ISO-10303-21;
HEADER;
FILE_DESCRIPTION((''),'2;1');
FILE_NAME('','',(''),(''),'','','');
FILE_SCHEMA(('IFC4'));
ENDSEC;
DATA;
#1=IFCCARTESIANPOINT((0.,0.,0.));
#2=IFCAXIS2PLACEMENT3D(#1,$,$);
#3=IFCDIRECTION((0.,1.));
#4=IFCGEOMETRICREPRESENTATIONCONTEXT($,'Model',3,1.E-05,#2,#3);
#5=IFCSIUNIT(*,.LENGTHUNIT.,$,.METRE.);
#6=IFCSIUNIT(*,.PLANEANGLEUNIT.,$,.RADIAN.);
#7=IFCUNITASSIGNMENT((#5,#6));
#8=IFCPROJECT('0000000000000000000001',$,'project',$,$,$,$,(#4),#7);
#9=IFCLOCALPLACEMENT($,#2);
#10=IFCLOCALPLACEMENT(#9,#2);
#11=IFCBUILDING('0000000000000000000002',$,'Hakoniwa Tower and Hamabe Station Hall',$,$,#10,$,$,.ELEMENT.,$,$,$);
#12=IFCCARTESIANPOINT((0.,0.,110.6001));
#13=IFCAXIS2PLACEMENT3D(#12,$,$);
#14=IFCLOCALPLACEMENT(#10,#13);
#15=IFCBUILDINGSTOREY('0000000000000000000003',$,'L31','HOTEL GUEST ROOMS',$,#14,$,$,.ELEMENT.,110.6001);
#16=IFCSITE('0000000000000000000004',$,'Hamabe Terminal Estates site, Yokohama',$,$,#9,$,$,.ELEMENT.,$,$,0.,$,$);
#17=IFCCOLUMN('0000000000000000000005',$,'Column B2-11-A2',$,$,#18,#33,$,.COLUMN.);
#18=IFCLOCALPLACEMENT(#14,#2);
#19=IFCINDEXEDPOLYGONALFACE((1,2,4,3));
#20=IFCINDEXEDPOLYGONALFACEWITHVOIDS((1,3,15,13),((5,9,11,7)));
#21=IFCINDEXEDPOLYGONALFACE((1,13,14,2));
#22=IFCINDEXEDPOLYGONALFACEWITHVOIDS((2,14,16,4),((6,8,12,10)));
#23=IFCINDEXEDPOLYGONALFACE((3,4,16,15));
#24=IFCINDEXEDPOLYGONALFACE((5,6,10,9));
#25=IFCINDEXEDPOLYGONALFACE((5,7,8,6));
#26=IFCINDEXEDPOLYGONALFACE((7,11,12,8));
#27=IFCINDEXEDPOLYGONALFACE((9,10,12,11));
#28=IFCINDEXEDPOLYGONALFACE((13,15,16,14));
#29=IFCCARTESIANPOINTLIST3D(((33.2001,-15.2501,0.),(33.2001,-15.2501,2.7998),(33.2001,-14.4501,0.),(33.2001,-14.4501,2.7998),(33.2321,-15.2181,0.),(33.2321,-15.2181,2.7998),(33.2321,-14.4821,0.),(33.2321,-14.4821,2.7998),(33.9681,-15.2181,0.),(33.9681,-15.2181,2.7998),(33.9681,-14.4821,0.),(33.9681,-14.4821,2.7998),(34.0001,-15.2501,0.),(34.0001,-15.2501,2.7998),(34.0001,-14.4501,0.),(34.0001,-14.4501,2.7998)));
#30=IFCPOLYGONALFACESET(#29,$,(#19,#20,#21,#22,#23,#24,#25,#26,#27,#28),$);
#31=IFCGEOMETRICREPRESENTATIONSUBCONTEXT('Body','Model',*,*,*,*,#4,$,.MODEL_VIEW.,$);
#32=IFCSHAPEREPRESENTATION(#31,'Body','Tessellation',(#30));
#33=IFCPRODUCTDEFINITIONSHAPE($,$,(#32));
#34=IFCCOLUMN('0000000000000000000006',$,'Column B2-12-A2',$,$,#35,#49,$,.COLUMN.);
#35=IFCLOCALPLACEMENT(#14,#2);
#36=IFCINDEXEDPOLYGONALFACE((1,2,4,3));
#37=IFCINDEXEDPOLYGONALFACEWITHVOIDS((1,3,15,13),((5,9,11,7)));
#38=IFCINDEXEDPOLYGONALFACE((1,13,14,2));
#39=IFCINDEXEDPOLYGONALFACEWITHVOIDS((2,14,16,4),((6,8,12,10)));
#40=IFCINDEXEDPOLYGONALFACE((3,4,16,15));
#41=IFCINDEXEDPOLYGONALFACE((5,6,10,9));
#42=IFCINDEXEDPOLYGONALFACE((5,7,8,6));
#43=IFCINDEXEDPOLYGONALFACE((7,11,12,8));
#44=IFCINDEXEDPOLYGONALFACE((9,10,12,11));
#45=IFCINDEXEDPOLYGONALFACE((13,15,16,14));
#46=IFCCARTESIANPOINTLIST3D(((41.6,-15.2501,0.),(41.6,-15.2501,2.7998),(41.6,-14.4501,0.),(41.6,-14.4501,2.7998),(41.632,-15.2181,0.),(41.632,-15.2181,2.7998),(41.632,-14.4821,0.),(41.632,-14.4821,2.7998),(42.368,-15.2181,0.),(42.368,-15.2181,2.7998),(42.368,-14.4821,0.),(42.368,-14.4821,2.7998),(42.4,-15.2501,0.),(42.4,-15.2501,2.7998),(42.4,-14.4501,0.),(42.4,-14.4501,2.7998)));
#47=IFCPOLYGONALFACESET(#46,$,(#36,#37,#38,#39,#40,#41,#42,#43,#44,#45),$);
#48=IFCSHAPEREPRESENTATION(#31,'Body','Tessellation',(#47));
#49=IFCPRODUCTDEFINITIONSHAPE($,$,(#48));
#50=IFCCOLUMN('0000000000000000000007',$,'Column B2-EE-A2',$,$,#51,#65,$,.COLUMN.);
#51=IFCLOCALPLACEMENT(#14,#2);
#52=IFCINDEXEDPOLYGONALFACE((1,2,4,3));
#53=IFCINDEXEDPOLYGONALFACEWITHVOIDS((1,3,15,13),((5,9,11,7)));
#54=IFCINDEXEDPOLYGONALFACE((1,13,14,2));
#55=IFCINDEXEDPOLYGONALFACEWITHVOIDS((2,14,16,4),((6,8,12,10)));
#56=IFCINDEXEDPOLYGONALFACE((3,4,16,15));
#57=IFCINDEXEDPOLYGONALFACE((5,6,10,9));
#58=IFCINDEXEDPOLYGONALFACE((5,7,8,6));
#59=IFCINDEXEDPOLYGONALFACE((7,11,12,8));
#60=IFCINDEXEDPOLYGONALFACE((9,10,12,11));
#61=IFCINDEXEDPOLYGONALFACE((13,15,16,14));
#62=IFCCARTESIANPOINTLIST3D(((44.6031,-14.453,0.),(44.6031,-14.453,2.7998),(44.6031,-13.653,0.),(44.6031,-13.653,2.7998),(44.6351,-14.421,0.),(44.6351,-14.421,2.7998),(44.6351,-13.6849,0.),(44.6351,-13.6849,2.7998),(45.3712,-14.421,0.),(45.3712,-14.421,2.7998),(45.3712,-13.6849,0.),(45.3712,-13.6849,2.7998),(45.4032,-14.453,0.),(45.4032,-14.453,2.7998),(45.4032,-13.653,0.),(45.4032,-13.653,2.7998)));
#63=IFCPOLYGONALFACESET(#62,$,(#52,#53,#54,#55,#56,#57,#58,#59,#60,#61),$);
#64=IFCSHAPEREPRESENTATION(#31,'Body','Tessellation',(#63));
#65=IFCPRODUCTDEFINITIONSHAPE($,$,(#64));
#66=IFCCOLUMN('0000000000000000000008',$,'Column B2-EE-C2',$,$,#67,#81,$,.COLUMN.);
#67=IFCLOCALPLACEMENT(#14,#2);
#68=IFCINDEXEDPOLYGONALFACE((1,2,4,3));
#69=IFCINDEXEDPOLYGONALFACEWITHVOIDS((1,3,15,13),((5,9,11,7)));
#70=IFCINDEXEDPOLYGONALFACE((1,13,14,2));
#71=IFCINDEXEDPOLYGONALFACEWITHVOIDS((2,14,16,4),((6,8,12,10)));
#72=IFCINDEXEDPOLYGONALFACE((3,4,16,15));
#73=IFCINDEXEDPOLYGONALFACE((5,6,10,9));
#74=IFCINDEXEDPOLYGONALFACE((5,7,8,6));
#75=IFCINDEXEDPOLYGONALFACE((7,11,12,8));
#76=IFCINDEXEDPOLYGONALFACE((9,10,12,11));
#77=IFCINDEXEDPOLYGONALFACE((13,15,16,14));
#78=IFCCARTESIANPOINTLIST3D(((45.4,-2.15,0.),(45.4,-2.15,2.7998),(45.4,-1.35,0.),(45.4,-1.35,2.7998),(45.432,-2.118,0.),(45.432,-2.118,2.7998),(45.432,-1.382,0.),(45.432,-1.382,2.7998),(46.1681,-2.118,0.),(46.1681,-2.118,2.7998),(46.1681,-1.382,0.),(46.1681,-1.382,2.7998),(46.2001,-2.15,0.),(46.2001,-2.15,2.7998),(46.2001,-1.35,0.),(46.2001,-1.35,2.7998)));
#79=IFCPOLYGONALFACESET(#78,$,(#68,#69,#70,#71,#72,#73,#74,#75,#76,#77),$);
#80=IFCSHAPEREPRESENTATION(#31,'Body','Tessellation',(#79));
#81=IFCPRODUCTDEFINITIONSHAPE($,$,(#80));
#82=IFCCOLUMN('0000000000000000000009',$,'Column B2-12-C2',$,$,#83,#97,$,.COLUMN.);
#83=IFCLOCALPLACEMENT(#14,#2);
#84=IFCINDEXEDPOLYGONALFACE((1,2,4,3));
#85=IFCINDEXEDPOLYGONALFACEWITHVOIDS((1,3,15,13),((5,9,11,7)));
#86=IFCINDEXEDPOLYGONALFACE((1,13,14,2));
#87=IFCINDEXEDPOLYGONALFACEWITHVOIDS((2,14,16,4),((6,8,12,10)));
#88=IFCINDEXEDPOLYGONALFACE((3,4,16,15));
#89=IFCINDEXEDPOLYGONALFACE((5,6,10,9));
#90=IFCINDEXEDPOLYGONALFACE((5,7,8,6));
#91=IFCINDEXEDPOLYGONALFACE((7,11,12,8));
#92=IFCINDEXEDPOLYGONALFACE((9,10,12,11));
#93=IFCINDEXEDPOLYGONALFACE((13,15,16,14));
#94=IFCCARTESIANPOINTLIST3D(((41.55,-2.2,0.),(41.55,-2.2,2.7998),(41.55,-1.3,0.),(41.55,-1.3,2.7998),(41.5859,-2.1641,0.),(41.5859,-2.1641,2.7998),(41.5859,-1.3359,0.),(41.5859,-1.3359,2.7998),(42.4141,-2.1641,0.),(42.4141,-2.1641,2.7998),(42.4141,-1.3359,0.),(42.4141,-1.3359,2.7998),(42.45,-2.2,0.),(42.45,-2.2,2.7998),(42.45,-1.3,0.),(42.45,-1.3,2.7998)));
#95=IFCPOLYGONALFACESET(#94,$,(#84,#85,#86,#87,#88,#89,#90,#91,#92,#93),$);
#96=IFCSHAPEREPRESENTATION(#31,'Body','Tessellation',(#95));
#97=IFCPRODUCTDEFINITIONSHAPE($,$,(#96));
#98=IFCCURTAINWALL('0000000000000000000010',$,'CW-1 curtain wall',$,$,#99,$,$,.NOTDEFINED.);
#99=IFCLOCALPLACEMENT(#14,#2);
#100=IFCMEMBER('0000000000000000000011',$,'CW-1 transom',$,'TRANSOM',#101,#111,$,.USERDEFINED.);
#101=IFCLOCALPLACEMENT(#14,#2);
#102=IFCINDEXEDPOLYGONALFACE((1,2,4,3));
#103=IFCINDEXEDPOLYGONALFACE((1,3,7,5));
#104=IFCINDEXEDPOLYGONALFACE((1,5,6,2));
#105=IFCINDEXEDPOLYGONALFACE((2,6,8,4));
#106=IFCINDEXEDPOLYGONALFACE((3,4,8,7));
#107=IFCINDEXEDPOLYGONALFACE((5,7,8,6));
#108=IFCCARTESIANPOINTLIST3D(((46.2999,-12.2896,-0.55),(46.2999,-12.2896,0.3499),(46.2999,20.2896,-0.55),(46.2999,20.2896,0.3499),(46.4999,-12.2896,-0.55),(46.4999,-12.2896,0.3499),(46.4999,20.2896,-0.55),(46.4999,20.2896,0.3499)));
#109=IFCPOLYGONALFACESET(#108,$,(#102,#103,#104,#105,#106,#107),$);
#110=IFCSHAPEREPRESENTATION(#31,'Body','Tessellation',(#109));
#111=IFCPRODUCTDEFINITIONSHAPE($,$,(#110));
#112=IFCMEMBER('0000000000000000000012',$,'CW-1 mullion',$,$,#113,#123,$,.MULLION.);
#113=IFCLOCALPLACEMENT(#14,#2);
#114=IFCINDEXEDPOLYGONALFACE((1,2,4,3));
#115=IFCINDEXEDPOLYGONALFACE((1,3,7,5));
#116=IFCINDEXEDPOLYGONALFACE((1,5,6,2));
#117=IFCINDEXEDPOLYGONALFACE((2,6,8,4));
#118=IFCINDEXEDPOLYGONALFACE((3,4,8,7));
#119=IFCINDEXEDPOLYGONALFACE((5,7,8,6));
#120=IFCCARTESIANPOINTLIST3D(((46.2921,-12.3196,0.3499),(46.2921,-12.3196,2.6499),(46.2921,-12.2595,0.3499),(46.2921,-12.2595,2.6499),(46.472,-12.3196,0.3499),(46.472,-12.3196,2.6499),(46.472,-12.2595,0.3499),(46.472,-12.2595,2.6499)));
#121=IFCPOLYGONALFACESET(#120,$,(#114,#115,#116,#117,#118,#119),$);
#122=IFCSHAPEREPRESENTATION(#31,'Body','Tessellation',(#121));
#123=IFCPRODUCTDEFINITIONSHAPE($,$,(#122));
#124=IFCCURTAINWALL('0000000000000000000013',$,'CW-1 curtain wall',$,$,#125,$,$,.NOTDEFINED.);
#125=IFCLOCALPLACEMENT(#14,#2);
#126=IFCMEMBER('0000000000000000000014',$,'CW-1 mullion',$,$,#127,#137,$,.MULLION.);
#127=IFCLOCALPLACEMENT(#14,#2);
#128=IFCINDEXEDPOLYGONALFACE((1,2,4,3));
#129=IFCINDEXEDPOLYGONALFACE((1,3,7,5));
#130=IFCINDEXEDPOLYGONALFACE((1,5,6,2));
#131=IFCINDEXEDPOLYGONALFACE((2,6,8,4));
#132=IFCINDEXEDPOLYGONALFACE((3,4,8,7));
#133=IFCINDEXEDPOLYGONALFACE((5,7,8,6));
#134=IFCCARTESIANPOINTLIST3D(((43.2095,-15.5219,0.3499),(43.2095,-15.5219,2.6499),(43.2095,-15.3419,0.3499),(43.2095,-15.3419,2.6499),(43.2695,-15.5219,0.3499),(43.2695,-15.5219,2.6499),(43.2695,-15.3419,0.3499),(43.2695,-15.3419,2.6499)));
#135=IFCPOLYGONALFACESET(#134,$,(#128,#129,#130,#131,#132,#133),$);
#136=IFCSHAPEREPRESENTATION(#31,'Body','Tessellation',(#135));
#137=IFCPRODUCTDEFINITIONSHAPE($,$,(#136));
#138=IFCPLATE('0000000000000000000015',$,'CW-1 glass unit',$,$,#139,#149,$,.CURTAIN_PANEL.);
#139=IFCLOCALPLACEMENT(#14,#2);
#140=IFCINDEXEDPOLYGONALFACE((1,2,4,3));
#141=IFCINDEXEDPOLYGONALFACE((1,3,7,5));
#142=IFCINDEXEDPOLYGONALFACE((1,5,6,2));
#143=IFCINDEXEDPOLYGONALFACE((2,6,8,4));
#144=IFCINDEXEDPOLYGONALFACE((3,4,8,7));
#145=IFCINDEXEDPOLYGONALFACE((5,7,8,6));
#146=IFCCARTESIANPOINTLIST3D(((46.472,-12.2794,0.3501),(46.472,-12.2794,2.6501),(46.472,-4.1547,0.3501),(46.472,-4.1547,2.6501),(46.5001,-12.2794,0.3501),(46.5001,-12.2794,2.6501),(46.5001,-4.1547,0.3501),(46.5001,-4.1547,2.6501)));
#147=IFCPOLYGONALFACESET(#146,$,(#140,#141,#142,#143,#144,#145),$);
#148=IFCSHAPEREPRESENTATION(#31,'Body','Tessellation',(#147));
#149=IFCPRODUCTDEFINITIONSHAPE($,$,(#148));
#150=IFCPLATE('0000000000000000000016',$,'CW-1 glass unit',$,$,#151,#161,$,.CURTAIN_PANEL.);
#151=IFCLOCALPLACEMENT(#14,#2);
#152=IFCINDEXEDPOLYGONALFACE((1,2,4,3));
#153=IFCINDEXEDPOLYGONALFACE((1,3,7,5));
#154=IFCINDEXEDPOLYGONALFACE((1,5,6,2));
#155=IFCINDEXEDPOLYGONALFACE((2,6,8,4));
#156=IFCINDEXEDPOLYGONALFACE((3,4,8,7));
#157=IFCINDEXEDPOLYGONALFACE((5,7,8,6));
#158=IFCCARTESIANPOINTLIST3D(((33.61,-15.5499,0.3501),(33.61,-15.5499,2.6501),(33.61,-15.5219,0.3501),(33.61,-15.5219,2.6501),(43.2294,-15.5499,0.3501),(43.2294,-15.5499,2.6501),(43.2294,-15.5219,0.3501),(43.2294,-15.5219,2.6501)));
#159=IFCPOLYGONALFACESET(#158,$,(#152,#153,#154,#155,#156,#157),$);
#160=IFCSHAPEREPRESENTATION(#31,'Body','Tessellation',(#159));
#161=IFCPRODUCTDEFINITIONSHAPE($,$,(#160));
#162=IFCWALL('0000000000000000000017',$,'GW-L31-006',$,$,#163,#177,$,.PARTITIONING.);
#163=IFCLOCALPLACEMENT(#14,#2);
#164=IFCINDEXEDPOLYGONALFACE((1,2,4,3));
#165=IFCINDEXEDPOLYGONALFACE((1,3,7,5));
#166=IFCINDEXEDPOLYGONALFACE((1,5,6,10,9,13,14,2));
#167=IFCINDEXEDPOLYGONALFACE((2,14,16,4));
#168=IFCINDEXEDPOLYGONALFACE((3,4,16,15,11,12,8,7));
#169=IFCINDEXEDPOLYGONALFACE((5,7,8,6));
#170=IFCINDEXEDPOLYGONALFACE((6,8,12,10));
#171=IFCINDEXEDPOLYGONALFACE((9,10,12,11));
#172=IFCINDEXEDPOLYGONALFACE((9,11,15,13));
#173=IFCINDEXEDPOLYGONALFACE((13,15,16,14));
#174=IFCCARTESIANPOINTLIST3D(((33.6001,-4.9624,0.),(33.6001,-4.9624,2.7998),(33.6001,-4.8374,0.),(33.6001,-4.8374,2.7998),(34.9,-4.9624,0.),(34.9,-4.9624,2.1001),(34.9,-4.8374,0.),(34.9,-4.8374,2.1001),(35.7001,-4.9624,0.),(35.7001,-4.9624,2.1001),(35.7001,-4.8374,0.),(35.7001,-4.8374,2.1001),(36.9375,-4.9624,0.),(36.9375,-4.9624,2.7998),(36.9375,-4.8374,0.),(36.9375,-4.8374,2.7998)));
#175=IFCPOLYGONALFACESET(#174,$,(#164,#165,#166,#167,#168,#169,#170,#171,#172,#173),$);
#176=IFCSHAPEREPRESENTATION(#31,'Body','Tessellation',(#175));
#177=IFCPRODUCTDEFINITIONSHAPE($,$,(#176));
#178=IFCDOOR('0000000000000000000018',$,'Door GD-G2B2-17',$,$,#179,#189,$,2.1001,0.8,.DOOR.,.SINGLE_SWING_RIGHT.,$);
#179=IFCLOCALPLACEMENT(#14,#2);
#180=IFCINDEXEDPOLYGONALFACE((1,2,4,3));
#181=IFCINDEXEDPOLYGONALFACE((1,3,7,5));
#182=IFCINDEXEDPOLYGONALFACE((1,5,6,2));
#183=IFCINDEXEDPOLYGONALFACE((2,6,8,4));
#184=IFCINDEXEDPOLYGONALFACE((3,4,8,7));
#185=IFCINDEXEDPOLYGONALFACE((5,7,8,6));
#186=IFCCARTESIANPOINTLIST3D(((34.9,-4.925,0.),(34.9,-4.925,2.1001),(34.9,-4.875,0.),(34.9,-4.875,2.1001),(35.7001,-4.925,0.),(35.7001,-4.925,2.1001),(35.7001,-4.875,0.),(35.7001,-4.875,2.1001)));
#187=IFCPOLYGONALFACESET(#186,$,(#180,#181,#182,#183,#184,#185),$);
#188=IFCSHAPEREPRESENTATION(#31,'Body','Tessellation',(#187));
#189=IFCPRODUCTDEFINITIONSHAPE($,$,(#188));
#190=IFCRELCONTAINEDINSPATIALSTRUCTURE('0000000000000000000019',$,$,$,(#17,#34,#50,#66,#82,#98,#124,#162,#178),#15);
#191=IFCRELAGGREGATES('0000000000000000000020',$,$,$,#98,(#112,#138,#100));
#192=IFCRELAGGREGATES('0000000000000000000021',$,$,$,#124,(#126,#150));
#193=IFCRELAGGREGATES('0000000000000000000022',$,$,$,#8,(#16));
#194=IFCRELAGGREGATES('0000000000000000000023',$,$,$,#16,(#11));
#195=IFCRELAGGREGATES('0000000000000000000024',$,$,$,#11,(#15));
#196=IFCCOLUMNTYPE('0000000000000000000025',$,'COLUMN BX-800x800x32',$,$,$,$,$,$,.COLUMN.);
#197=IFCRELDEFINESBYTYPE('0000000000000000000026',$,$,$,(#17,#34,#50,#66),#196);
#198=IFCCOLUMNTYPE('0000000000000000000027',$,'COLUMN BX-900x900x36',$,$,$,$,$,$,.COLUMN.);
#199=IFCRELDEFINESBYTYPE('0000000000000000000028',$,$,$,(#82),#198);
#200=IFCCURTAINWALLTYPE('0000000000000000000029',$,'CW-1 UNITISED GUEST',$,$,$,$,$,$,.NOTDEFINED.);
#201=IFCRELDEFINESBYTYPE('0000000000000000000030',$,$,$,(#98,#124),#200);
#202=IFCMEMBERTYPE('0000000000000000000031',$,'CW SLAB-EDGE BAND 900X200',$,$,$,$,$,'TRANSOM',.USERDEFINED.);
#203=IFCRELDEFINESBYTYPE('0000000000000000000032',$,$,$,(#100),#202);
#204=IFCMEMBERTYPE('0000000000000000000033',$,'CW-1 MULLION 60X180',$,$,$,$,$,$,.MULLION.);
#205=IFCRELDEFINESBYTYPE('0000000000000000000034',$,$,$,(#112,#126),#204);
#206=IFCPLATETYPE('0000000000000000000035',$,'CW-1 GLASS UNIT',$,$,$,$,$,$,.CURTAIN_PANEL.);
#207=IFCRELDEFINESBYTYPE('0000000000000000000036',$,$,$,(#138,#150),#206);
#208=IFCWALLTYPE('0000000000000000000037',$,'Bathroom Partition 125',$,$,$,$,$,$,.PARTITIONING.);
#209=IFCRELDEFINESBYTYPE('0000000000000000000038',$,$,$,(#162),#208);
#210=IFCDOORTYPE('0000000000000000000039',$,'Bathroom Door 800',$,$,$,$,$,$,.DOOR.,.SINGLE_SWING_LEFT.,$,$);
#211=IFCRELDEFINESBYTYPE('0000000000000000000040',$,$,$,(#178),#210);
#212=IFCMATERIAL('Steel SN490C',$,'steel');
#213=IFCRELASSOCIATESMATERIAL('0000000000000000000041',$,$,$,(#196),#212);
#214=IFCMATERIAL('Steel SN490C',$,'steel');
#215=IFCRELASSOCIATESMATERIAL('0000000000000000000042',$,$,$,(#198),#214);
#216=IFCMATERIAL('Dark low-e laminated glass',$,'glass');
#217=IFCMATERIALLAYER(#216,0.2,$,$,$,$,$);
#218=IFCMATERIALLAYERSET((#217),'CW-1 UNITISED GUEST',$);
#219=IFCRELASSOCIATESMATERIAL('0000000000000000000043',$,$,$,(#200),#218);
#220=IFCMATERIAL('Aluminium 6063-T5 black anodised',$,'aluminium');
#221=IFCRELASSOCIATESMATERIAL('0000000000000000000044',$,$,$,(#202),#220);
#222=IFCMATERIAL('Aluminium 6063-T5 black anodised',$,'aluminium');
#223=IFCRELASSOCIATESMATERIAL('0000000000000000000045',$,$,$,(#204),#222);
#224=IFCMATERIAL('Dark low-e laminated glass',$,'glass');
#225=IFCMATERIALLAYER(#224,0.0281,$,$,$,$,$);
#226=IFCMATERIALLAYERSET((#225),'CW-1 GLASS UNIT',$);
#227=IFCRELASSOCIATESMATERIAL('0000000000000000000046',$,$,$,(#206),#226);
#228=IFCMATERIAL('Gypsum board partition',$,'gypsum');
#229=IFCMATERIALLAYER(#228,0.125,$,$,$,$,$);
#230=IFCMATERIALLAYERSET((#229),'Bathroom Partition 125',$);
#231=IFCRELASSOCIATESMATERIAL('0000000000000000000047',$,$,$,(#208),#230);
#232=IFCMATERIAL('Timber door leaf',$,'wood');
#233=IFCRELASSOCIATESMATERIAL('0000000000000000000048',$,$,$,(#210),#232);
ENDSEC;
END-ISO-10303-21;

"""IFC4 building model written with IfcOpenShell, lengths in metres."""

from ifc_helpers import new_model, si_unit, direction, frame, frame_2d, origin, origin_2d, place, context, subcontext, project, spatial, rectangle, hollow_rectangle, extrude, material, layer, layer_set, material_profile, profile_set, type_object, element, fill, aggregate, save


model = new_model("IFC4")

# Units and contexts
model_context = context("Model", 3, precision=1e-05, world=origin(), true_north=direction((0.0, 1.0)))
body_context = subcontext(model_context, "Body", "Model", "MODEL_VIEW")
ifc_project = project(units=[si_unit("LENGTHUNIT", "METRE"), si_unit("PLANEANGLEUNIT", "RADIAN")], contexts=[model_context])

# Site, building, storey
site_placement = place(None, origin())
site = spatial("IfcSite", under=ifc_project, at=site_placement, Name="Hamabe Terminal Estates site, Yokohama", CompositionType="ELEMENT", RefElevation=0.0)
building_placement = place(site_placement, origin())
building = spatial("IfcBuilding", under=site, at=building_placement, Name="Hakoniwa Tower and Hamabe Station Hall", CompositionType="ELEMENT")
storey_placement = place(building_placement, frame((0.0, 0.0, 110.6001)))
storey = spatial("IfcBuildingStorey", under=building, at=storey_placement, Name="L31", Description="HOTEL GUEST ROOMS", CompositionType="ELEMENT", Elevation=110.6001)

# Columns
ifc_material_1 = material(Name="Steel SN490C", Category="steel")
ifc_material_profile_1 = material_profile(ifc_material_1, hollow_rectangle(XDim=0.8, YDim=0.8, WallThickness=0.032, at=origin_2d()), Name="BX-800x800x32")
ifc_profile_set_1 = profile_set([ifc_material_profile_1], Name="Steel SN490C")
column_type_1 = type_object("IfcColumnType", Name="COLUMN BX-800x800x32", PredefinedType="COLUMN", material=ifc_profile_set_1)
for number, where, z_axis, x_axis, name in (
    (1, (33.6001, -14.8501, 0.0), (0.0, 0.0, 1.0), (1.0, 0.0, 0.0), "Column B2-11-A2"),
    (2, (42.0, -14.8501, 0.0), (0.0, 0.0, 1.0), (1.0, 0.0, 0.0), "Column B2-12-A2"),
    (3, (45.0032, -14.053, 0.0), (0.0, 0.0, 1.0), (1.0, 0.0, 0.0), "Column B2-EE-A2"),
    (4, (45.8, -1.75, 0.0), (0.0, 0.0, 1.0), (1.0, 0.0, 0.0), "Column B2-EE-C2"),
):
    element("IfcColumn", number, at=place(storey_placement, frame(where, z_axis=z_axis, x_axis=x_axis)), inside=storey, type_object=column_type_1, Name=name, PredefinedType="COLUMN", context=body_context, shape_type="SweptSolid", body=[
        extrude(hollow_rectangle(XDim=0.8, YDim=0.8, WallThickness=0.032, at=origin_2d()), origin(), (0.0, 0.0, 1.0), 2.7998),
    ])
ifc_material_2 = material(Name="Steel SN490C", Category="steel")
ifc_material_profile_2 = material_profile(ifc_material_2, hollow_rectangle(XDim=0.8999, YDim=0.8999, WallThickness=0.0359, at=origin_2d()), Name="BX-900x900x36")
ifc_profile_set_2 = profile_set([ifc_material_profile_2], Name="Steel SN490C")
column_type_2 = type_object("IfcColumnType", Name="COLUMN BX-900x900x36", PredefinedType="COLUMN", material=ifc_profile_set_2)
column_placement = place(storey_placement, frame((42.0, -1.75, 0.0), z_axis=(0.0, 0.0, 1.0), x_axis=(1.0, 0.0, 0.0)))
element("IfcColumn", 5, at=column_placement, inside=storey, type_object=column_type_2, Name="Column B2-12-C2", PredefinedType="COLUMN", context=body_context, shape_type="SweptSolid", body=[
    extrude(hollow_rectangle(XDim=0.8999, YDim=0.8999, WallThickness=0.0359, at=origin_2d()), origin(), (0.0, 0.0, 1.0), 2.7998),
])

# Curtain wall, members
ifc_material_3 = material(Name="Dark low-e laminated glass", Category="glass")
ifc_layer_1 = layer(ifc_material_3, 0.2)
ifc_layer_set_1 = layer_set([ifc_layer_1], Name="CW-1 UNITISED GUEST")
curtain_wall_type = type_object("IfcCurtainWallType", Name="CW-1 UNITISED GUEST", PredefinedType="NOTDEFINED", material=ifc_layer_set_1)
curtain_wall_1_placement = place(storey_placement, origin())
curtain_wall_1 = element("IfcCurtainWall", 6, at=curtain_wall_1_placement, inside=storey, type_object=curtain_wall_type, Name="CW-1 curtain wall", PredefinedType="NOTDEFINED")
ifc_material_4 = material(Name="Aluminium 6063-T5 black anodised", Category="aluminium")
ifc_material_profile_3 = material_profile(ifc_material_4, rectangle(XDim=0.2, YDim=0.8999, at=origin_2d()), Name="CW SLAB-EDGE BAND 900X200")
ifc_profile_set_3 = profile_set([ifc_material_profile_3], Name="Aluminium 6063-T5 black anodised")
member_type_1 = type_object("IfcMemberType", Name="CW SLAB-EDGE BAND 900X200", ElementType="TRANSOM", PredefinedType="USERDEFINED", material=ifc_profile_set_3)
member_1_placement = place(storey_placement, frame((46.3999, -12.2896, -0.1001), z_axis=(0.0, 1.0, 0.0), x_axis=(-1.0, 0.0, 0.0)))
member_1 = element("IfcMember", 7, at=member_1_placement, type_object=member_type_1, Name="CW-1 transom", ObjectType="TRANSOM", PredefinedType="USERDEFINED", context=body_context, shape_type="SweptSolid", body=[
    extrude(rectangle(XDim=0.2, YDim=0.8999, at=origin_2d()), origin(), (0.0, 0.0, 1.0), 32.5791),
])
ifc_material_5 = material(Name="Aluminium 6063-T5 black anodised", Category="aluminium")
ifc_material_profile_4 = material_profile(ifc_material_5, rectangle(XDim=0.0601, YDim=0.1799, at=origin_2d()), Name="CW-1 MULLION 60X180")
ifc_profile_set_4 = profile_set([ifc_material_profile_4], Name="Aluminium 6063-T5 black anodised")
member_type_2 = type_object("IfcMemberType", Name="CW-1 MULLION 60X180", PredefinedType="MULLION", material=ifc_profile_set_4)
member_2_placement = place(storey_placement, frame((46.3821, -12.2896, 0.3499), z_axis=(0.0, 0.0, 1.0), x_axis=(0.0, 1.0, 0.0)))
member_2 = element("IfcMember", 8, at=member_2_placement, type_object=member_type_2, Name="CW-1 mullion", PredefinedType="MULLION", context=body_context, shape_type="SweptSolid", body=[
    extrude(rectangle(XDim=0.0601, YDim=0.1799, at=origin_2d()), origin(), (0.0, 0.0, 1.0), 2.3),
])

# Curtain wall, member
curtain_wall_2_placement = place(storey_placement, origin())
curtain_wall_2 = element("IfcCurtainWall", 9, at=curtain_wall_2_placement, inside=storey, type_object=curtain_wall_type, Name="CW-1 curtain wall", PredefinedType="NOTDEFINED")
member_3_placement = place(storey_placement, frame((43.2395, -15.4319, 0.3499), z_axis=(0.0, 0.0, 1.0), x_axis=(1.0, 0.0, 0.0)))
member_3 = element("IfcMember", 10, at=member_3_placement, type_object=member_type_2, Name="CW-1 mullion", PredefinedType="MULLION", context=body_context, shape_type="SweptSolid", body=[
    extrude(rectangle(XDim=0.0601, YDim=0.1799, at=origin_2d()), origin(), (0.0, 0.0, 1.0), 2.3),
])

# Plates
ifc_material_6 = material(Name="Dark low-e laminated glass", Category="glass")
ifc_layer_2 = layer(ifc_material_6, 0.0281)
ifc_layer_set_2 = layer_set([ifc_layer_2], Name="CW-1 GLASS UNIT")
plate_type = type_object("IfcPlateType", Name="CW-1 GLASS UNIT", PredefinedType="CURTAIN_PANEL", material=ifc_layer_set_2)
plate_1_placement = place(storey_placement, frame((46.4861, -8.217, 0.3501), z_axis=(0.0, 0.0, 1.0), x_axis=(0.0, 1.0, 0.0)))
plate_1 = element("IfcPlate", 11, at=plate_1_placement, type_object=plate_type, Name="CW-1 glass unit", PredefinedType="CURTAIN_PANEL", context=body_context, shape_type="SweptSolid", body=[
    extrude(rectangle(XDim=8.1248, YDim=0.0281, at=origin_2d()), origin(), (0.0, 0.0, 1.0), 2.3),
])
aggregate(curtain_wall_1, [member_2, plate_1, member_1])
plate_2_placement = place(storey_placement, frame((38.4197, -15.5359, 0.3501), z_axis=(0.0, 0.0, 1.0), x_axis=(1.0, 0.0, 0.0)))
plate_2 = element("IfcPlate", 12, at=plate_2_placement, type_object=plate_type, Name="CW-1 glass unit", PredefinedType="CURTAIN_PANEL", context=body_context, shape_type="SweptSolid", body=[
    extrude(rectangle(XDim=9.6194, YDim=0.0281, at=origin_2d()), origin(), (0.0, 0.0, 1.0), 2.3),
])
aggregate(curtain_wall_2, [member_3, plate_2])

# Wall, opening, door
ifc_material_7 = material(Name="Gypsum board partition", Category="gypsum")
ifc_layer_3 = layer(ifc_material_7, 0.125)
ifc_layer_set_3 = layer_set([ifc_layer_3], Name="Bathroom Partition 125")
wall_type_1 = type_object("IfcWallType", Name="Bathroom Partition 125", PredefinedType="PARTITIONING", material=ifc_layer_set_3)
wall_1_placement = place(storey_placement, frame((33.6001, -4.8999, 0.0), z_axis=(0.0, 0.0, 1.0), x_axis=(1.0, 0.0, 0.0)))
wall_1 = element("IfcWall", 13, at=wall_1_placement, inside=storey, type_object=wall_type_1, Name="GW-L31-006", PredefinedType="PARTITIONING", context=body_context, shape_type="SweptSolid", body=[
    extrude(rectangle(XDim=3.3374, YDim=0.125, at=frame_2d((1.6687, 0.0))), origin(), (0.0, 0.0, 1.0), 2.7998),
])
opening_1_placement = place(wall_1_placement, frame((1.3, 0.0, 0.0)))
opening_1 = element("IfcOpeningElement", 14, at=opening_1_placement, cuts=wall_1, PredefinedType="OPENING", context=body_context, shape_type="SweptSolid", body=[
    extrude(rectangle(XDim=0.8, YDim=2.1001, at=frame_2d((0.3999, 1.05))), frame((0.0, 0.0725, 0.0), z_axis=(0.0, -1.0, 0.0), x_axis=(1.0, 0.0, 0.0)), (0.0, 0.0, 1.0), 0.145),
])
ifc_material_8 = material(Name="Timber door leaf", Category="wood")
door_type_1 = type_object("IfcDoorType", Name="Bathroom Door 800", OperationType="SINGLE_SWING_LEFT", PredefinedType="DOOR", material=ifc_material_8)
door_1_placement = place(opening_1_placement, origin())
door_1 = element("IfcDoor", 15, at=door_1_placement, inside=storey, type_object=door_type_1, Name="Door GD-G2B2-17", OperationType="SINGLE_SWING_RIGHT", OverallHeight=2.1001, OverallWidth=0.8, PredefinedType="DOOR", context=body_context, shape_type="SweptSolid", body=[
    extrude(rectangle(XDim=0.8, YDim=2.1001, at=frame_2d((0.3999, 1.05))), frame((0.0, 0.0249, 0.0), z_axis=(0.0, -1.0, 0.0), x_axis=(1.0, 0.0, 0.0)), (0.0, 0.0, 1.0), 0.05),
])
fill(opening_1, door_1)

save(model, "model.ifc")
